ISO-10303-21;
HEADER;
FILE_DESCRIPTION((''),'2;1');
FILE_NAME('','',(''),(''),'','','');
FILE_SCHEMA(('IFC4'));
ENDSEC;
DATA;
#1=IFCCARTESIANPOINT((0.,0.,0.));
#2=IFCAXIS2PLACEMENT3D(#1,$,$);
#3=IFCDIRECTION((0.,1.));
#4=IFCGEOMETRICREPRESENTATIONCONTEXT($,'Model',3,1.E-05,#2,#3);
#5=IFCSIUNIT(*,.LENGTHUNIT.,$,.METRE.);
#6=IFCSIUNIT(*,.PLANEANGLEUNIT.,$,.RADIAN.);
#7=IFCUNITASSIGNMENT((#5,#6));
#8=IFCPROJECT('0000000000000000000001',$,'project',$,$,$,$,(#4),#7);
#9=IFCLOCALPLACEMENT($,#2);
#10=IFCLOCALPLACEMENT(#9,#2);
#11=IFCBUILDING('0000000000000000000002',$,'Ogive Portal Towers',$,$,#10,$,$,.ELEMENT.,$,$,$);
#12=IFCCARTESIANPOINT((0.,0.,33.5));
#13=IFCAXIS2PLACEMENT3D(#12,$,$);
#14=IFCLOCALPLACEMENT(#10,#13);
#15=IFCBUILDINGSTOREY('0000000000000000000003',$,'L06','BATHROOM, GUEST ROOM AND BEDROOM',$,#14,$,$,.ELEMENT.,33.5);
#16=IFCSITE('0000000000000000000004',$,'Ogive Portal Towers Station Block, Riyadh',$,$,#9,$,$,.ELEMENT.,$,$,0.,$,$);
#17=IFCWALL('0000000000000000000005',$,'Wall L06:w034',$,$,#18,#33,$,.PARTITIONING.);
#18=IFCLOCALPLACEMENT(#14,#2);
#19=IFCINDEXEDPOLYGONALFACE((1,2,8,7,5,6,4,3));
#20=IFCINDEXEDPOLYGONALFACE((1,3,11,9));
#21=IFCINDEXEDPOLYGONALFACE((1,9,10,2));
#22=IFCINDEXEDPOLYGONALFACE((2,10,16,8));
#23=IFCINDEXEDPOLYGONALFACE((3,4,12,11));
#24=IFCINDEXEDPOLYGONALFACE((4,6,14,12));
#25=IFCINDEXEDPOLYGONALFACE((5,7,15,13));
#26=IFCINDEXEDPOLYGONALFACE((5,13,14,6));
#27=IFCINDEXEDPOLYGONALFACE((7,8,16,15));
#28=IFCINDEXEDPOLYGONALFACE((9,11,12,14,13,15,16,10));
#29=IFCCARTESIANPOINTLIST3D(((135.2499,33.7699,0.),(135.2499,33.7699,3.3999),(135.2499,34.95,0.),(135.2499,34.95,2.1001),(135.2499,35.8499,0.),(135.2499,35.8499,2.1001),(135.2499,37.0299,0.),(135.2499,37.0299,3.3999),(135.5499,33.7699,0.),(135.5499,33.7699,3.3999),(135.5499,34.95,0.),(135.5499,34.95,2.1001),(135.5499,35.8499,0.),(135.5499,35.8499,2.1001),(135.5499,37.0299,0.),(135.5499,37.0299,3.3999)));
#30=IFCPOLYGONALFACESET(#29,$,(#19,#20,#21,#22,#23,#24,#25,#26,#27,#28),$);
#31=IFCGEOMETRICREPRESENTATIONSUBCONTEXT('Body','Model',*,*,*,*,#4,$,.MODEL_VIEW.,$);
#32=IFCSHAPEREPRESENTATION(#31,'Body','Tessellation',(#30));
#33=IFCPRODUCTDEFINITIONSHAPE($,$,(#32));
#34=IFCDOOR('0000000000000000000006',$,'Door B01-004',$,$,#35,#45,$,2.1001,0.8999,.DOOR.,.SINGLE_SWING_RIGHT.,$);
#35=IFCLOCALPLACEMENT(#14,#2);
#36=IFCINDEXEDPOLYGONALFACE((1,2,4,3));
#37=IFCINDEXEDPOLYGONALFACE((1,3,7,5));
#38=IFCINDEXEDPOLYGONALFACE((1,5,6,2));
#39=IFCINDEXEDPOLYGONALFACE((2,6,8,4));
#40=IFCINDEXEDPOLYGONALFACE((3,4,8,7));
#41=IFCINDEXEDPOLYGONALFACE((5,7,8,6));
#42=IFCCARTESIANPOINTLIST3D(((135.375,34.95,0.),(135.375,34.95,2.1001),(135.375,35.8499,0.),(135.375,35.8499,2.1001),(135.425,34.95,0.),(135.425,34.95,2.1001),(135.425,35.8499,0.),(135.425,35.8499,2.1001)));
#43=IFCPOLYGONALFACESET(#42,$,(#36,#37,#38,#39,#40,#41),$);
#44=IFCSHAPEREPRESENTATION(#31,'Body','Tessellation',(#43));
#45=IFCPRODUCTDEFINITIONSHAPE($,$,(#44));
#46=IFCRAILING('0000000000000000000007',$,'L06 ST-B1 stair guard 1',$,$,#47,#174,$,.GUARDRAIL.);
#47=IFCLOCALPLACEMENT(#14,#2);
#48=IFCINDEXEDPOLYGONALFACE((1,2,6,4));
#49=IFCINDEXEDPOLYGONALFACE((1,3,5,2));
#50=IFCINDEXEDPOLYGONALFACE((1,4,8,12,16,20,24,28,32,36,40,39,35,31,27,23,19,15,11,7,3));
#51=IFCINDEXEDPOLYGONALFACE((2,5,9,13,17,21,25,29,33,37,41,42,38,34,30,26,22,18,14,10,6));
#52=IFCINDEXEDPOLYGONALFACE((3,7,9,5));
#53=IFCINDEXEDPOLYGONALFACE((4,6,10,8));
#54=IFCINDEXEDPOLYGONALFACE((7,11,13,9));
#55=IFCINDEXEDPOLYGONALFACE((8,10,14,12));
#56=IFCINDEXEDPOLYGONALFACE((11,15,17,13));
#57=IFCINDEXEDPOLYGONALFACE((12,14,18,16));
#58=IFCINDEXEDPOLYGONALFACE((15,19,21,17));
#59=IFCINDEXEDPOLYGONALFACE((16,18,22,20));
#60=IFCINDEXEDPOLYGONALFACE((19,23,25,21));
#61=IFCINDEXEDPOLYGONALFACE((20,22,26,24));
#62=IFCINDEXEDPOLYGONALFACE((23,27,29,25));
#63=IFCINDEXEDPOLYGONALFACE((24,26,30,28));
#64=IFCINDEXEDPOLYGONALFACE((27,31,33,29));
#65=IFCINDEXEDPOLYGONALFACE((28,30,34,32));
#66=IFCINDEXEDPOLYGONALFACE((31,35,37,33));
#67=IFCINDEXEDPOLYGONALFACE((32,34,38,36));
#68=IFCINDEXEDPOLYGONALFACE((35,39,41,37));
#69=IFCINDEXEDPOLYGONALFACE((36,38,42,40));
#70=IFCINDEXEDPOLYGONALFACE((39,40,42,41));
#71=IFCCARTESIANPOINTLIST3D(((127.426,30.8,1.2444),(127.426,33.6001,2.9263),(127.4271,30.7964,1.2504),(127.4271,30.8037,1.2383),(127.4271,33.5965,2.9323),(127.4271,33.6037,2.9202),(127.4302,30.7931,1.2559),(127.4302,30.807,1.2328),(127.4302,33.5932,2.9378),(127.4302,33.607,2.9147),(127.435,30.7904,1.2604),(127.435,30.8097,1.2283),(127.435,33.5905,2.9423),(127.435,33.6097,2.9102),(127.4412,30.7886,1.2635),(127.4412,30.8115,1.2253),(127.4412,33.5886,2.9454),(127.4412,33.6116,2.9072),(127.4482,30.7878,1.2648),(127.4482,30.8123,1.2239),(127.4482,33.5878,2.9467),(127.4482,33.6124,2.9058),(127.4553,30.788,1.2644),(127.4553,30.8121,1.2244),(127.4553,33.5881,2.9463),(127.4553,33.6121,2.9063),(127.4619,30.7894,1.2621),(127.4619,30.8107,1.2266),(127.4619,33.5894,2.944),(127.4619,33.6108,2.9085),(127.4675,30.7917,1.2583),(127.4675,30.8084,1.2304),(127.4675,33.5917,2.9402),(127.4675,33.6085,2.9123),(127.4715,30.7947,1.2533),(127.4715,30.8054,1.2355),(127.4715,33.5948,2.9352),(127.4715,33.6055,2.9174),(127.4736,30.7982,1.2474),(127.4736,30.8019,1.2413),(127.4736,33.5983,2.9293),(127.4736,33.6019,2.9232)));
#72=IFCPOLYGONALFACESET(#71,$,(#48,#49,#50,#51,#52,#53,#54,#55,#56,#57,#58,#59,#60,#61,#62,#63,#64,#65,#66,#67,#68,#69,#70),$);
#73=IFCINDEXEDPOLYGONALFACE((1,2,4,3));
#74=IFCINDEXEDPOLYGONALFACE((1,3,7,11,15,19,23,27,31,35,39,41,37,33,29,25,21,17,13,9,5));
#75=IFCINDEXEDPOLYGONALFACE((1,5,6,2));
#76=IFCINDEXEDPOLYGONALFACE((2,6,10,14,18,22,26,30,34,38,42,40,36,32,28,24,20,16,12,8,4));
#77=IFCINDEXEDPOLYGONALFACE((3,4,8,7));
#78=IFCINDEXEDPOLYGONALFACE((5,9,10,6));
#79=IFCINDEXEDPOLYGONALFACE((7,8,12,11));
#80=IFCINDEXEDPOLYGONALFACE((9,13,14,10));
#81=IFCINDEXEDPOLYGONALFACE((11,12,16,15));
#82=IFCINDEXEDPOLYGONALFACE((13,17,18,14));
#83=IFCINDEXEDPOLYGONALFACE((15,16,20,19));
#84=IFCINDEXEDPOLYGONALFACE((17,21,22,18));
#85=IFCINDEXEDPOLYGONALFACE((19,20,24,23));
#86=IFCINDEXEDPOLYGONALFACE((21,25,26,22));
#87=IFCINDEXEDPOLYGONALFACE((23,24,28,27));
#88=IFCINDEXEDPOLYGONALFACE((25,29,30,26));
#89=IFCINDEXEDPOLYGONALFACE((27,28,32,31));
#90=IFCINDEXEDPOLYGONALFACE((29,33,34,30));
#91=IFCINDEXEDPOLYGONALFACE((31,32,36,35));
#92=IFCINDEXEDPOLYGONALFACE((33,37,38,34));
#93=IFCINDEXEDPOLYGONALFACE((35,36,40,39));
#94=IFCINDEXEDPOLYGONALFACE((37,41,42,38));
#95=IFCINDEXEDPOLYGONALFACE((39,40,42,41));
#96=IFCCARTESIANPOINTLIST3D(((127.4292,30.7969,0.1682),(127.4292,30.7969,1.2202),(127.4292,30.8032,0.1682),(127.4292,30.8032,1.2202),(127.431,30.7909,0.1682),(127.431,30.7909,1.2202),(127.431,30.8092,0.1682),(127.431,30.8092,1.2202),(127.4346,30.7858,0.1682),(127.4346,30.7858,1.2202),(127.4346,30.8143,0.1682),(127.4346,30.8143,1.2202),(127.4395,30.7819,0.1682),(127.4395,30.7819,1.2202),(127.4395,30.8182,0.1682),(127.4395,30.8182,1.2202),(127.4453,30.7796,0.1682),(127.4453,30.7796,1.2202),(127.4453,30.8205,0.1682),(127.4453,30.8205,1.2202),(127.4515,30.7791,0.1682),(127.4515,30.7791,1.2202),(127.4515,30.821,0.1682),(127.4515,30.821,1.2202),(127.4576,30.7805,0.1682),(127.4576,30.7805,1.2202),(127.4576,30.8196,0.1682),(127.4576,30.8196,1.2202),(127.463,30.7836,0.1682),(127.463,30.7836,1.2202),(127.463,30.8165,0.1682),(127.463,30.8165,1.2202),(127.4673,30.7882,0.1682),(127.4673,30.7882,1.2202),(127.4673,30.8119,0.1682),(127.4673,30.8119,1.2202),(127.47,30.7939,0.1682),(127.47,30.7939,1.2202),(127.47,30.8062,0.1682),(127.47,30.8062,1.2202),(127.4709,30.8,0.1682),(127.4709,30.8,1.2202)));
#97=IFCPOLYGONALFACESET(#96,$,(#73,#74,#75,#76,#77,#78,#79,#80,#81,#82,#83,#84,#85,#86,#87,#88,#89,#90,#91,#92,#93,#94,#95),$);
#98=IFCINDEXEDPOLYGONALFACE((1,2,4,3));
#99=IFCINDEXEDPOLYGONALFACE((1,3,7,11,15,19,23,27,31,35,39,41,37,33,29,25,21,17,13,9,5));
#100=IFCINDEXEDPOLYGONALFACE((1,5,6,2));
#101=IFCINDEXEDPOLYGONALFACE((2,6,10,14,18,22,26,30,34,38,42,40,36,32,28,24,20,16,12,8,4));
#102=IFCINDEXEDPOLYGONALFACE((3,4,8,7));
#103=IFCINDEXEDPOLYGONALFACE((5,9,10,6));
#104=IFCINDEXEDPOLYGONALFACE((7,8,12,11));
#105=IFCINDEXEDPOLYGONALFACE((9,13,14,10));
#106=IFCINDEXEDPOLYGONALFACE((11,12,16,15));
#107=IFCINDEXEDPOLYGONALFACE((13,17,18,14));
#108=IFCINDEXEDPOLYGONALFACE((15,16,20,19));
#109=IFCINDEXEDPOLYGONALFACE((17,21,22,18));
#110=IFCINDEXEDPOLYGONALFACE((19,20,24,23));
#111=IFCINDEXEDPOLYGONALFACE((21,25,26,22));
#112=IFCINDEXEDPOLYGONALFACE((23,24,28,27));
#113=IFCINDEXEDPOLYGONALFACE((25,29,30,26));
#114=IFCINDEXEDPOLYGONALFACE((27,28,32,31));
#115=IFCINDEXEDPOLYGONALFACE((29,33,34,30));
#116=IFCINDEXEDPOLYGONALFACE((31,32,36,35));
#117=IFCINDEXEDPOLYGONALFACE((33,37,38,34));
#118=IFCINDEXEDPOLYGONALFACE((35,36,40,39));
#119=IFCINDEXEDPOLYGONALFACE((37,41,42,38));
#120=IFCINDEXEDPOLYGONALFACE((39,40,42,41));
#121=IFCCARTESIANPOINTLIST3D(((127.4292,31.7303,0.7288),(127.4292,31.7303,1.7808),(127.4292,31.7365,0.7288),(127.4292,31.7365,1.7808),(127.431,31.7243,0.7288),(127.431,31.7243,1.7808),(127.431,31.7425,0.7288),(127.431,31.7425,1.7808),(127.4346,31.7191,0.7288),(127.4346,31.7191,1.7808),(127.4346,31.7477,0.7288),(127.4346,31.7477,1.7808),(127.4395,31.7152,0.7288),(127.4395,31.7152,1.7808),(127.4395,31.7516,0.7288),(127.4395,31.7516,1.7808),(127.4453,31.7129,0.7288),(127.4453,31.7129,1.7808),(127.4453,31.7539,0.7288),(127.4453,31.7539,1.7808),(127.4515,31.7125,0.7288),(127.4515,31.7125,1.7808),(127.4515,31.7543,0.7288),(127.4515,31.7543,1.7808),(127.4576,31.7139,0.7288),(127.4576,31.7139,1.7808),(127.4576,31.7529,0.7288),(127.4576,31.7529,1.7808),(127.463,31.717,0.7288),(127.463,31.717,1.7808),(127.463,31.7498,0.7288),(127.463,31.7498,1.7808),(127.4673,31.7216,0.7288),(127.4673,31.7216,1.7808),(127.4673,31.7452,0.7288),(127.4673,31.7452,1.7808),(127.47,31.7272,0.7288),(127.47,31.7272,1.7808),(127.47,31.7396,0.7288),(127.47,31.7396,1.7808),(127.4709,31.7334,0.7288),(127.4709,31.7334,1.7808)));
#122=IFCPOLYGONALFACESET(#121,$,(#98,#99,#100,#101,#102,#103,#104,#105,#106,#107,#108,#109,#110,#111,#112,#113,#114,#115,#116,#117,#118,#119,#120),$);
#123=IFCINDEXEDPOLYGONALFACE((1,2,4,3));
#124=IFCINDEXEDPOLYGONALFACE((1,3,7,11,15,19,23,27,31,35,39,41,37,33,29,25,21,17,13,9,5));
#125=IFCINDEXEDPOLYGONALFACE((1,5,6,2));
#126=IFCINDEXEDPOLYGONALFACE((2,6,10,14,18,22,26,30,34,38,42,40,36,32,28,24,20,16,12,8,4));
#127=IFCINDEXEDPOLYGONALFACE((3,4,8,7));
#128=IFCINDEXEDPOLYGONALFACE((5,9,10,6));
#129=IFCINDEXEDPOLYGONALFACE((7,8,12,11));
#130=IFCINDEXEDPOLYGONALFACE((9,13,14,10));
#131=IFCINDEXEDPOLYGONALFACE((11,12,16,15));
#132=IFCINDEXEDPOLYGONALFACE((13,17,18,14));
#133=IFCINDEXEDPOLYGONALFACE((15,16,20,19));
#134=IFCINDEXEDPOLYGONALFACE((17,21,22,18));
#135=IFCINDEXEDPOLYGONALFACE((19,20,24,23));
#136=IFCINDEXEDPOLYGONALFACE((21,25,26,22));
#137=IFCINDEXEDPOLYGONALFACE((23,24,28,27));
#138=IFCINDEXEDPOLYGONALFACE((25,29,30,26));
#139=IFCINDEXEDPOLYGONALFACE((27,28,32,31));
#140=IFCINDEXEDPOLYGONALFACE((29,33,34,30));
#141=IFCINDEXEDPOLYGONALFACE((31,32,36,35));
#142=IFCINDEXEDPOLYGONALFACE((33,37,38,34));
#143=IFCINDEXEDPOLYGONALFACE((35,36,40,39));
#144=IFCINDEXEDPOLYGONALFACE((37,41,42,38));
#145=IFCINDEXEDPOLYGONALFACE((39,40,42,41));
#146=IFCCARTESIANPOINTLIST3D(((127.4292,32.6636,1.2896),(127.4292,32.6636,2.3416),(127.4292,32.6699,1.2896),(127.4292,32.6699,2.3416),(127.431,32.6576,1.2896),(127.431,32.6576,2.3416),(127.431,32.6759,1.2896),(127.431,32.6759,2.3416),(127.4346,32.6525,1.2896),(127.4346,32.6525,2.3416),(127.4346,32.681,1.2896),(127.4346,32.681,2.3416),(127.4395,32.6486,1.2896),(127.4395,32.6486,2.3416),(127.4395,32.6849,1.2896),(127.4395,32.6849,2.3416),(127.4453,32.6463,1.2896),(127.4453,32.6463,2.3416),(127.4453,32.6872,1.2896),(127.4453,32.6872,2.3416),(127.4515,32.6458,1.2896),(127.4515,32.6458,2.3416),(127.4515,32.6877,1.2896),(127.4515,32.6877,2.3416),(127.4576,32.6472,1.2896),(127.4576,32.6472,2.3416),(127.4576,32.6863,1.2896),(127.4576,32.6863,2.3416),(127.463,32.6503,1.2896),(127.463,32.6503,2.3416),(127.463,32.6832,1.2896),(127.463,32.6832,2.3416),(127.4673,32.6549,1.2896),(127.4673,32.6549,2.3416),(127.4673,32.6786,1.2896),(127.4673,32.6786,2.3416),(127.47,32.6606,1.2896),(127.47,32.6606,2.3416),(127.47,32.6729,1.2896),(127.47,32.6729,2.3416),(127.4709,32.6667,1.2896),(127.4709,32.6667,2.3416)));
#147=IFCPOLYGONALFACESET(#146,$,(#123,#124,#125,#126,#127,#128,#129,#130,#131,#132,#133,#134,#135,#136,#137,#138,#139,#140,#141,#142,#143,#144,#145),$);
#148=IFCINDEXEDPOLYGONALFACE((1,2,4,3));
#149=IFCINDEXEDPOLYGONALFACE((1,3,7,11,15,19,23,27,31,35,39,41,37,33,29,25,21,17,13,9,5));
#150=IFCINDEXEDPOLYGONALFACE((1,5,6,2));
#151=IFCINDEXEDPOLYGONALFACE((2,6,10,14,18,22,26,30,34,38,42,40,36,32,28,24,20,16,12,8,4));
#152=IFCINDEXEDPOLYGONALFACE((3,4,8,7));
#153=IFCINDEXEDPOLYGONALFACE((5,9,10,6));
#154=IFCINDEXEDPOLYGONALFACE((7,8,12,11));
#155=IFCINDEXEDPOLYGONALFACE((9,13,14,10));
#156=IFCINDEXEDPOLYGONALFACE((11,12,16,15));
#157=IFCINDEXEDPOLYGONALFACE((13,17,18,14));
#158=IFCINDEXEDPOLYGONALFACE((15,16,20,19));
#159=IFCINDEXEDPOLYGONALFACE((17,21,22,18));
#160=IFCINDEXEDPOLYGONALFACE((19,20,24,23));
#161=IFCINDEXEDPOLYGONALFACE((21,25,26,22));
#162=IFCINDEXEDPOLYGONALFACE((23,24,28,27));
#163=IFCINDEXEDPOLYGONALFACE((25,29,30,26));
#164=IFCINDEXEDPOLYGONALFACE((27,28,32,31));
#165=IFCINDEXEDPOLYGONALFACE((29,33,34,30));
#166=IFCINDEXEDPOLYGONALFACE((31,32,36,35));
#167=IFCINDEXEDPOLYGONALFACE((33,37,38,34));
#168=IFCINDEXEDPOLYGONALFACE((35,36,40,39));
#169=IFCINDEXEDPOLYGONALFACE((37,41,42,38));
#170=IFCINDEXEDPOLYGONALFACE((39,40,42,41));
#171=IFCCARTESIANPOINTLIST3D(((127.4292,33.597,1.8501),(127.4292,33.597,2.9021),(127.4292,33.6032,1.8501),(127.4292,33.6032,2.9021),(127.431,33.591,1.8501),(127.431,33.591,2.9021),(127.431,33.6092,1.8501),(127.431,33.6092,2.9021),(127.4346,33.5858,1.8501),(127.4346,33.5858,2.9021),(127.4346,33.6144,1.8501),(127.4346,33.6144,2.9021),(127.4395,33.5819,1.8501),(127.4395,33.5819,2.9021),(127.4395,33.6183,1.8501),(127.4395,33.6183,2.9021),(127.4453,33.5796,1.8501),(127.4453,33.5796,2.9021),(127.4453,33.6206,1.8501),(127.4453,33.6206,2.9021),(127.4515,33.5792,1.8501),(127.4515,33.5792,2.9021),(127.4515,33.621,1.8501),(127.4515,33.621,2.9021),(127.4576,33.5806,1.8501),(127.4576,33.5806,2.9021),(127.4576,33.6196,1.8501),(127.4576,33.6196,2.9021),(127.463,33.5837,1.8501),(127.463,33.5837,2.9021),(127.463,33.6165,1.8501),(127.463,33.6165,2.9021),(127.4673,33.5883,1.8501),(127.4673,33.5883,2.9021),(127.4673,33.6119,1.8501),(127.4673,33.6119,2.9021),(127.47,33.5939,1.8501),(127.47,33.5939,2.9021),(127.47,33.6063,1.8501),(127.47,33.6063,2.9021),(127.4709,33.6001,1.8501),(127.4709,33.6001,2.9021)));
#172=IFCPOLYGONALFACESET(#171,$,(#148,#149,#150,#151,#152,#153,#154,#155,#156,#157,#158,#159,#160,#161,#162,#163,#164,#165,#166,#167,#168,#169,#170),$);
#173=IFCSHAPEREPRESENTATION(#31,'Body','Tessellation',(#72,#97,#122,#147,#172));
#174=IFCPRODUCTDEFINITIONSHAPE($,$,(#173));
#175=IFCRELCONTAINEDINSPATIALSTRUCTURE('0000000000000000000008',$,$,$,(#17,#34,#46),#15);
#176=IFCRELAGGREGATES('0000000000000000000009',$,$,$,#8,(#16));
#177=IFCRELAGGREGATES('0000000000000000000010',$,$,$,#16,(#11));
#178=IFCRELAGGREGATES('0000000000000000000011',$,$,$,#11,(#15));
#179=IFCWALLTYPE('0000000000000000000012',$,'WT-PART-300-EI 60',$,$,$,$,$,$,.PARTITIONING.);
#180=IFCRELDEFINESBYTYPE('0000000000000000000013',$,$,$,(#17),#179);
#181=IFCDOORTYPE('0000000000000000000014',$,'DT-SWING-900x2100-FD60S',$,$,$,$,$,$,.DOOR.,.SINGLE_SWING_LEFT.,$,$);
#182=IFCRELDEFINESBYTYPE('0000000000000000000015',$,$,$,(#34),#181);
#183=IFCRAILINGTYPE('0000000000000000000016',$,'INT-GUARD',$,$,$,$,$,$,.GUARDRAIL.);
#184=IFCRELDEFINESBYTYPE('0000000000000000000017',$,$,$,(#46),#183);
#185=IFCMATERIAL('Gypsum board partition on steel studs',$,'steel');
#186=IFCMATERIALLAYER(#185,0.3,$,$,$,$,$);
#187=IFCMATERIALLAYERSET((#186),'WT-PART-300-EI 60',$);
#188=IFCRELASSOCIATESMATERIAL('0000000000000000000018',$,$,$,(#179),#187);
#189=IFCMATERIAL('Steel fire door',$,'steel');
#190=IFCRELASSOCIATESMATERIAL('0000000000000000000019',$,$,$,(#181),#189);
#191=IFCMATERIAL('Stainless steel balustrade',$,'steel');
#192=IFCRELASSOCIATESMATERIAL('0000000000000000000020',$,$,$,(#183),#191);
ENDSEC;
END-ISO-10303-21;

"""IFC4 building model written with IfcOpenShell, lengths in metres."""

from ifc_helpers import new_model, si_unit, direction, frame, frame_2d, origin, origin_2d, place, context, subcontext, project, spatial, rectangle, circle, extrude, material, layer, layer_set, type_object, element, fill, save


model = new_model("IFC4")

# Units and contexts
model_context = context("Model", 3, precision=1e-05, world=origin(), true_north=direction((0.0, 1.0)))
body_context = subcontext(model_context, "Body", "Model", "MODEL_VIEW")
ifc_project = project(units=[si_unit("LENGTHUNIT", "METRE"), si_unit("PLANEANGLEUNIT", "RADIAN")], contexts=[model_context])

# Site, building, storey
site_placement = place(None, origin())
site = spatial("IfcSite", under=ifc_project, at=site_placement, Name="Ogive Portal Towers Station Block, Riyadh", CompositionType="ELEMENT", RefElevation=0.0)
building_placement = place(site_placement, origin())
building = spatial("IfcBuilding", under=site, at=building_placement, Name="Ogive Portal Towers", CompositionType="ELEMENT")
storey_placement = place(building_placement, frame((0.0, 0.0, 33.5)))
storey = spatial("IfcBuildingStorey", under=building, at=storey_placement, Name="L06", Description="BATHROOM, GUEST ROOM AND BEDROOM", CompositionType="ELEMENT", Elevation=33.5)

# Shared definitions
ifc_material_1 = material(Name="Steel fire door", Category="steel")

# Wall, opening, door
ifc_material_2 = material(Name="Gypsum board partition on steel studs", Category="steel")
ifc_layer_1 = layer(ifc_material_2, 0.3)
ifc_layer_set_1 = layer_set([ifc_layer_1], Name="WT-PART-300-EI 60")
wall_type_1 = type_object("IfcWallType", Name="WT-PART-300-EI 60", PredefinedType="PARTITIONING", material=ifc_layer_set_1)
wall_1_placement = place(storey_placement, frame((135.3999, 33.77, 0.0), z_axis=(0.0, 0.0, 1.0), x_axis=(0.0, 1.0, 0.0)))
wall_1 = element("IfcWall", 1, at=wall_1_placement, inside=storey, type_object=wall_type_1, Name="Wall L06:w034", PredefinedType="PARTITIONING", context=body_context, shape_type="SweptSolid", body=[
    extrude(rectangle(XDim=3.26, YDim=0.3, at=frame_2d((1.6299, 0.0))), origin(), (0.0, 0.0, 1.0), 3.3999),
])
opening_1_placement = place(wall_1_placement, frame((1.1799, 0.0, 0.0)))
opening_1 = element("IfcOpeningElement", 2, at=opening_1_placement, cuts=wall_1, PredefinedType="OPENING", context=body_context, shape_type="SweptSolid", body=[
    extrude(rectangle(XDim=0.8999, YDim=2.1001, at=frame_2d((0.45, 1.05))), frame((0.0, 0.1602, 0.0), z_axis=(0.0, -1.0, 0.0), x_axis=(1.0, 0.0, 0.0)), (0.0, 0.0, 1.0), 0.3201),
])
door_type_1 = type_object("IfcDoorType", Name="DT-SWING-900x2100-FD60S", OperationType="SINGLE_SWING_LEFT", PredefinedType="DOOR", material=ifc_material_1)
door_1_placement = place(opening_1_placement, origin())
door_1 = element("IfcDoor", 3, at=door_1_placement, inside=storey, type_object=door_type_1, Name="Door B01-004", OperationType="SINGLE_SWING_RIGHT", OverallHeight=2.1001, OverallWidth=0.8999, PredefinedType="DOOR", context=body_context, shape_type="SweptSolid", body=[
    extrude(rectangle(XDim=0.8999, YDim=2.1001, at=frame_2d((0.45, 1.05))), frame((0.0, 0.0249, 0.0), z_axis=(0.0, -1.0, 0.0), x_axis=(1.0, 0.0, 0.0)), (0.0, 0.0, 1.0), 0.05),
])
fill(opening_1, door_1)

# Railing
ifc_material_3 = material(Name="Stainless steel balustrade", Category="steel")
railing_type_1 = type_object("IfcRailingType", Name="INT-GUARD", PredefinedType="GUARDRAIL", material=ifc_material_3)
railing_1_placement = place(storey_placement, frame((127.45, 30.8, 0.1682)))
element("IfcRailing", 4, at=railing_1_placement, inside=storey, type_object=railing_type_1, Name="L06 ST-B1 stair guard 1", PredefinedType="GUARDRAIL", context=body_context, shape_type="SweptSolid", body=[
    extrude(circle(Radius=0.0239, at=origin_2d()), frame((0.0, 0.0, 1.0762), z_axis=(0.0, 0.857242, 0.514913), x_axis=(-1.0, 0.0, 0.0)), (0.0, 0.0, 1.0), 3.2664),
    extrude(circle(Radius=0.021, at=origin_2d()), origin(), (0.0, 0.0, 1.0), 1.052),
    extrude(circle(Radius=0.021, at=origin_2d()), frame((0.0, 0.9333, 0.5605)), (0.0, 0.0, 1.0), 1.052),
    extrude(circle(Radius=0.021, at=origin_2d()), frame((0.0, 1.8667, 1.1213)), (0.0, 0.0, 1.0), 1.052),
    extrude(circle(Radius=0.021, at=origin_2d()), frame((0.0, 2.8, 1.6819)), (0.0, 0.0, 1.0), 1.052),
])

save(model, "model.ifc")
